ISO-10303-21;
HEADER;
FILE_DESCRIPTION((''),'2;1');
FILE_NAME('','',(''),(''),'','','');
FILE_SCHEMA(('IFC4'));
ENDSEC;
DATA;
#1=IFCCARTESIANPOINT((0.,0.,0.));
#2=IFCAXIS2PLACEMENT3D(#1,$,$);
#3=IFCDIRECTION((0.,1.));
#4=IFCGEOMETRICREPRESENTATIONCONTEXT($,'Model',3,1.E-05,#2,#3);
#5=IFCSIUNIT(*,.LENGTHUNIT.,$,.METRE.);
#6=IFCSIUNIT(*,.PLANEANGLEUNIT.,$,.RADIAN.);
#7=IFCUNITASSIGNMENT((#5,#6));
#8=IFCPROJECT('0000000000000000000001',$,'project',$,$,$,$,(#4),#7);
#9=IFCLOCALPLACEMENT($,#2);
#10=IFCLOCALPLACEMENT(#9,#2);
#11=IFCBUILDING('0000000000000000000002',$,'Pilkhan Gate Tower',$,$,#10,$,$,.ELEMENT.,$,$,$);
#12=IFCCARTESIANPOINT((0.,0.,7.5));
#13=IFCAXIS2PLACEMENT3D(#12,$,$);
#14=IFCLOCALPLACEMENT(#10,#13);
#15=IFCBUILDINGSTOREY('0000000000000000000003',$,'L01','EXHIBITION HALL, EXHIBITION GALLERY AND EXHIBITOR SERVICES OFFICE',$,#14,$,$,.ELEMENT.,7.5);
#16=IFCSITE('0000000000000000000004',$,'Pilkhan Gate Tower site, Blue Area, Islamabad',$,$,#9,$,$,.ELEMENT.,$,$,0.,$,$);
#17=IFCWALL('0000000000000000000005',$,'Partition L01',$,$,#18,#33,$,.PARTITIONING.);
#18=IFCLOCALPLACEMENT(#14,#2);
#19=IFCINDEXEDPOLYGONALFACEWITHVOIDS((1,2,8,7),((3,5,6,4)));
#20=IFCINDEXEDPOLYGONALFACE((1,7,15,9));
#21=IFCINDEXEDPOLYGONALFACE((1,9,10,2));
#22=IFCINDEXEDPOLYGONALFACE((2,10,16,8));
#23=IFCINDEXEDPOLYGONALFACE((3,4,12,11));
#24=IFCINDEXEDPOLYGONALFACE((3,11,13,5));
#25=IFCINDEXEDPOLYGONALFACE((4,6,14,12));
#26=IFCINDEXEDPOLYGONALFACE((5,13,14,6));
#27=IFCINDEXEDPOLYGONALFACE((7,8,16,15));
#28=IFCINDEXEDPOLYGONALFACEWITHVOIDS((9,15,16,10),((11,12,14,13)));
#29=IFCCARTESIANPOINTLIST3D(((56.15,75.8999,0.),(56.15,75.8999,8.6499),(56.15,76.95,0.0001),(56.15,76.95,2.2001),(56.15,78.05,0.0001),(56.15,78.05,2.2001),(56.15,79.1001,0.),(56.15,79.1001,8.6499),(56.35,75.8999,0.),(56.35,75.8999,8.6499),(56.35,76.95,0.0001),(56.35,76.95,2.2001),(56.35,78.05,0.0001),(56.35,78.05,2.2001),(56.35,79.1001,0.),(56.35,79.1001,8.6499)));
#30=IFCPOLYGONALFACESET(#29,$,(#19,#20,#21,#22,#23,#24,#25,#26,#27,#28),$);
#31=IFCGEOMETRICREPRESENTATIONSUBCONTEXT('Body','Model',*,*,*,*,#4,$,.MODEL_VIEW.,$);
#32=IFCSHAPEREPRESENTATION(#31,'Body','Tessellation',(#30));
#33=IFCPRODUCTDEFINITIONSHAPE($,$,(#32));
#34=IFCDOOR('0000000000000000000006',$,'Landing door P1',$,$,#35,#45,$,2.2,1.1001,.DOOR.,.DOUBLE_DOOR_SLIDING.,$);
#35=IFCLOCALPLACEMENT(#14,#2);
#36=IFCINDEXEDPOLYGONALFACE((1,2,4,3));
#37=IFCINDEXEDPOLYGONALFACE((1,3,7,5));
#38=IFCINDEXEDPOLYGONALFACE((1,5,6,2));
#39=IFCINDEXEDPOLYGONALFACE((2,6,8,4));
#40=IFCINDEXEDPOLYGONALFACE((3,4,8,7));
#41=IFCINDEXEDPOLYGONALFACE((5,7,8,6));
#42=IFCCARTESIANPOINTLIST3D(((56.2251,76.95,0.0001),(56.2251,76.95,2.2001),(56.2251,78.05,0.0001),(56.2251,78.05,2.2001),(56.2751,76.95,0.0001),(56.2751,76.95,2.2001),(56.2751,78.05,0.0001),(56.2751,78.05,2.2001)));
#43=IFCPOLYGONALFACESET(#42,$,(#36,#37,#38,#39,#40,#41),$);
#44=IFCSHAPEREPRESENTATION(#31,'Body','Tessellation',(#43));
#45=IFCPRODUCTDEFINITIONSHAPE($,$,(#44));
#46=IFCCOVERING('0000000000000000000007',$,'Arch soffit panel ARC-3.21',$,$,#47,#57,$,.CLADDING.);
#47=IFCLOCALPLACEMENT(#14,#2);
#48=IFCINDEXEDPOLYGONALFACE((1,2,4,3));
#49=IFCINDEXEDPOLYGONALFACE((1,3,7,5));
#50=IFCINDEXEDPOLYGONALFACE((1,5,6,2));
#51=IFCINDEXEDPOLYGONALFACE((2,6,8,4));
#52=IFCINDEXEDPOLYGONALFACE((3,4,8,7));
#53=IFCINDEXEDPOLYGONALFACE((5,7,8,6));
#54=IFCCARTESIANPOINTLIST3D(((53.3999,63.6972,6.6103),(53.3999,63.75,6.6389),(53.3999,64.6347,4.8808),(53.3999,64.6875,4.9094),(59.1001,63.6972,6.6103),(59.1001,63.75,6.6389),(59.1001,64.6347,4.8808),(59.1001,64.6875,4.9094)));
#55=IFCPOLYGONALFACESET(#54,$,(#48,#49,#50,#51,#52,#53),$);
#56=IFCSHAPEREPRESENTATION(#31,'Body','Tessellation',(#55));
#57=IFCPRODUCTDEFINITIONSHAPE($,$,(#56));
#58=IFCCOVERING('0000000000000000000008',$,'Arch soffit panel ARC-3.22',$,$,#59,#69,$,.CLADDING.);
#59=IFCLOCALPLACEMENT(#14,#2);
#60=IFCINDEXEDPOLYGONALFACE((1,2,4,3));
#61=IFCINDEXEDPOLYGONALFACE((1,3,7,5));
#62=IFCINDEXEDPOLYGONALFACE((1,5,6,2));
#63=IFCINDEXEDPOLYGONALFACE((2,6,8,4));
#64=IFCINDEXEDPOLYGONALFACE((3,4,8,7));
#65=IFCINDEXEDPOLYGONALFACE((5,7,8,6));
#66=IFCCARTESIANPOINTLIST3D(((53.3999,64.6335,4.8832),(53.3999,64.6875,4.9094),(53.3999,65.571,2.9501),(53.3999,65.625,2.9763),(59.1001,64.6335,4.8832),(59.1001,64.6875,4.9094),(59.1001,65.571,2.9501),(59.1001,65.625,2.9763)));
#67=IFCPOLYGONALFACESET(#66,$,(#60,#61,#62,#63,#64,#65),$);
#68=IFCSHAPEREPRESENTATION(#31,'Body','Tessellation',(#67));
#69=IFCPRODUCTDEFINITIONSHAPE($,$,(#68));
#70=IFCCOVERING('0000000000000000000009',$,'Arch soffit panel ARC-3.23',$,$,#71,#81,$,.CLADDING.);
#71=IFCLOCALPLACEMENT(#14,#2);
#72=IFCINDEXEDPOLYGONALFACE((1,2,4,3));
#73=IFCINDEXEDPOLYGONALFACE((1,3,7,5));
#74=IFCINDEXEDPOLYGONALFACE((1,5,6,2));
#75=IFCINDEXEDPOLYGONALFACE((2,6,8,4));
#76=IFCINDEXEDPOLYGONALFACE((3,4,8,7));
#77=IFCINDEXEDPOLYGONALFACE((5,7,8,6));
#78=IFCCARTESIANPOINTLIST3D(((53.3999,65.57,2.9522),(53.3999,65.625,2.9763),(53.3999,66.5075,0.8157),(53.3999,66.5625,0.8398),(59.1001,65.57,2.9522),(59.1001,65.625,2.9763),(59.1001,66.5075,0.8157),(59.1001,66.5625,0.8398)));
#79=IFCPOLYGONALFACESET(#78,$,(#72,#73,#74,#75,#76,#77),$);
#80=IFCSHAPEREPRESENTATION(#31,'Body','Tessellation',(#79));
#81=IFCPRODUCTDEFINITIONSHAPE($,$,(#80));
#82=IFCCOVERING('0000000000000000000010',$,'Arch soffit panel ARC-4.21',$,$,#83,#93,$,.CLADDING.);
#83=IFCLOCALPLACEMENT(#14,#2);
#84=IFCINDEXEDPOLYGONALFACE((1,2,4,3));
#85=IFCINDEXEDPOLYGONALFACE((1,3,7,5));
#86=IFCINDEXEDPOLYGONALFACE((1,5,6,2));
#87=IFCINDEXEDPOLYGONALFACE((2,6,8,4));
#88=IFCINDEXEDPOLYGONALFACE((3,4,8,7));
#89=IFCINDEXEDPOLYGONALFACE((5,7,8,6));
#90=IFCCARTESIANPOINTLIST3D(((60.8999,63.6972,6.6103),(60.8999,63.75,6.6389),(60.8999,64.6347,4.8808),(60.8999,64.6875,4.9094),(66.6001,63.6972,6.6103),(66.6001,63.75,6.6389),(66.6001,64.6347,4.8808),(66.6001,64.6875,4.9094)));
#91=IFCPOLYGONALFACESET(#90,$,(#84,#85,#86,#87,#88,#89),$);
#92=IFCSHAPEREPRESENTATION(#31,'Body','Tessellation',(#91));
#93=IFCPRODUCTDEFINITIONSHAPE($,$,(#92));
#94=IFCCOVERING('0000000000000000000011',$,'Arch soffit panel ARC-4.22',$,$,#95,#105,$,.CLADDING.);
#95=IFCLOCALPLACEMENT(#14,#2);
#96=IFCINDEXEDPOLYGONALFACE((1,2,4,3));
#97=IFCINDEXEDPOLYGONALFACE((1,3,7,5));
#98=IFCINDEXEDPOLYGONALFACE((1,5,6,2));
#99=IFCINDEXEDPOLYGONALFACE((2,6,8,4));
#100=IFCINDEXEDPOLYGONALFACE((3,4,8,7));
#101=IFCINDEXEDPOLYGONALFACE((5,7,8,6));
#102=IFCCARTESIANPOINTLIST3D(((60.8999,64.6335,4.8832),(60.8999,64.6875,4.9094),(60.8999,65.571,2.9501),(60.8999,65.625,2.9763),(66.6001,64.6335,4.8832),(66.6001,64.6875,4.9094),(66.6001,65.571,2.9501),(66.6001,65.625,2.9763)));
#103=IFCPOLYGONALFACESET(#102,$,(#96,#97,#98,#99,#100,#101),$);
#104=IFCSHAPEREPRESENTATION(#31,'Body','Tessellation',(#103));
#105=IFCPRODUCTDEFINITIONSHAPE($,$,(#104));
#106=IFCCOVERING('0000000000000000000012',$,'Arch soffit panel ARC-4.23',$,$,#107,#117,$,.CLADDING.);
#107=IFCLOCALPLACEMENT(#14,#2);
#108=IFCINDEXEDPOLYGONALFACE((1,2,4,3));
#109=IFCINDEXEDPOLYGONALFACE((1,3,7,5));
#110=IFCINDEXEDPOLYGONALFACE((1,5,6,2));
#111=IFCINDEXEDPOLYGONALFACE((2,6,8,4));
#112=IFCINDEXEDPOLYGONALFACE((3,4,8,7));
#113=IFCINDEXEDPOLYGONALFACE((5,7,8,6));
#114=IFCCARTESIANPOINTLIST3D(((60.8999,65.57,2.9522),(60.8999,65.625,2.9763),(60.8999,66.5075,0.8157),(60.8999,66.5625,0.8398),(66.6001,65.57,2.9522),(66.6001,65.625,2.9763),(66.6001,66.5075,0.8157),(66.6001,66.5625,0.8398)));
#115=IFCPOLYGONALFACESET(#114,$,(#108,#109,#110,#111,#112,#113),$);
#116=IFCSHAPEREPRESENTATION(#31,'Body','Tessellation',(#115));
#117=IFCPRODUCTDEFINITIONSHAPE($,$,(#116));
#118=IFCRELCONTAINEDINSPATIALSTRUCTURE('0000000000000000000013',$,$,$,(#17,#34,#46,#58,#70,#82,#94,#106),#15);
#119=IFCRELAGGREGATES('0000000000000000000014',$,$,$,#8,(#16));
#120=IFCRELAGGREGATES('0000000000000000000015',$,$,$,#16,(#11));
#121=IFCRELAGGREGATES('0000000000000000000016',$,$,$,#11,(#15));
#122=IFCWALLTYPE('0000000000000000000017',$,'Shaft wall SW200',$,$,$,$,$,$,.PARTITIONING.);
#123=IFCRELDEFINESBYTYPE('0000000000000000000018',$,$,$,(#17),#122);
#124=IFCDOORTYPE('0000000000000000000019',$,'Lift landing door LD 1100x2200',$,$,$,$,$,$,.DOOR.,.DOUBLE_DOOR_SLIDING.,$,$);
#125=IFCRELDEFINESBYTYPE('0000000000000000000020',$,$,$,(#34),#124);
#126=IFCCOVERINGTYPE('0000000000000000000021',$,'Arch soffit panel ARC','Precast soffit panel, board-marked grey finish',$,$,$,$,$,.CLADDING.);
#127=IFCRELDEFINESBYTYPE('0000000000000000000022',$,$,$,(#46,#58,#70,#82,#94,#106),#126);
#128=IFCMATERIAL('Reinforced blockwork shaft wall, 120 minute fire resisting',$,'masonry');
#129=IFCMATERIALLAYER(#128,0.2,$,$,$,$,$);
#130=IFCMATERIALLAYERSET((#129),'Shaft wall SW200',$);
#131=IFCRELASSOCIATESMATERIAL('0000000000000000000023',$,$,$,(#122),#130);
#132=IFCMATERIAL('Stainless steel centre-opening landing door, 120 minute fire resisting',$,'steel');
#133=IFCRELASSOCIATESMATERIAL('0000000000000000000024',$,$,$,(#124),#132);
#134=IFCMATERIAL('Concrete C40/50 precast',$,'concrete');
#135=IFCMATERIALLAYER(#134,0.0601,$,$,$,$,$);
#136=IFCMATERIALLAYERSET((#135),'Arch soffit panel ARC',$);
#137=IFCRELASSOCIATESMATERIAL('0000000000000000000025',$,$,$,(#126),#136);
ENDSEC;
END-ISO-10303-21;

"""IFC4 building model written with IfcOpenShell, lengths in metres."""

from ifc_helpers import new_model, si_unit, direction, frame, frame_2d, origin, place, context, subcontext, project, spatial, polyline, rectangle, outline, extrude, material, layer, layer_set, type_object, element, fill, save


model = new_model("IFC4")

# Units and contexts
model_context = context("Model", 3, precision=1e-05, world=origin(), true_north=direction((0.0, 1.0)))
body_context = subcontext(model_context, "Body", "Model", "MODEL_VIEW")
ifc_project = project(units=[si_unit("LENGTHUNIT", "METRE"), si_unit("PLANEANGLEUNIT", "RADIAN")], contexts=[model_context])

# Site, building, storey
site_placement = place(None, origin())
site = spatial("IfcSite", under=ifc_project, at=site_placement, Name="Pilkhan Gate Tower site, Blue Area, Islamabad", CompositionType="ELEMENT", RefElevation=0.0)
building_placement = place(site_placement, origin())
building = spatial("IfcBuilding", under=site, at=building_placement, Name="Pilkhan Gate Tower", CompositionType="ELEMENT")
storey_placement = place(building_placement, frame((0.0, 0.0, 7.5)))
storey = spatial("IfcBuildingStorey", under=building, at=storey_placement, Name="L01", Description="EXHIBITION HALL, EXHIBITION GALLERY AND EXHIBITOR SERVICES OFFICE", CompositionType="ELEMENT", Elevation=7.5)

# Shared definitions
ifc_material_1 = material(Name="Reinforced blockwork shaft wall, 120 minute fire resisting", Category="masonry")
ifc_layer_1 = layer(ifc_material_1, 0.2)
ifc_layer_set_1 = layer_set([ifc_layer_1], Name="Shaft wall SW200")
wall_type_1 = type_object("IfcWallType", Name="Shaft wall SW200", PredefinedType="PARTITIONING", material=ifc_layer_set_1)

# Wall, opening, door
wall_1_placement = place(storey_placement, frame((56.25, 75.8999, 0.0), z_axis=(0.0, 0.0, 1.0), x_axis=(0.0, 1.0, 0.0)))
wall_1 = element("IfcWall", 1, at=wall_1_placement, inside=storey, type_object=wall_type_1, Name="Partition L01", PredefinedType="PARTITIONING", context=body_context, shape_type="SweptSolid", body=[
    extrude(rectangle(XDim=3.2002, YDim=0.2, at=frame_2d((1.6001, 0.0))), origin(), (0.0, 0.0, 1.0), 8.6499),
])
opening_1_placement = place(wall_1_placement, frame((1.05, 0.0, 0.0)))
opening_1 = element("IfcOpeningElement", 2, at=opening_1_placement, cuts=wall_1, PredefinedType="OPENING", context=body_context, shape_type="SweptSolid", body=[
    extrude(rectangle(XDim=1.1001, YDim=2.2, at=frame_2d((0.55, 1.1001))), frame((0.0, 0.1099, 0.0), z_axis=(0.0, -1.0, 0.0), x_axis=(1.0, 0.0, 0.0)), (0.0, 0.0, 1.0), 0.22),
])
ifc_material_2 = material(Name="Stainless steel centre-opening landing door, 120 minute fire resisting", Category="steel")
door_type_1 = type_object("IfcDoorType", Name="Lift landing door LD 1100x2200", OperationType="DOUBLE_DOOR_SLIDING", PredefinedType="DOOR", material=ifc_material_2)
door_1_placement = place(opening_1_placement, origin())
door_1 = element("IfcDoor", 3, at=door_1_placement, inside=storey, type_object=door_type_1, Name="Landing door P1", OperationType="DOUBLE_DOOR_SLIDING", OverallHeight=2.2, OverallWidth=1.1001, PredefinedType="DOOR", context=body_context, shape_type="SweptSolid", body=[
    extrude(rectangle(XDim=1.1001, YDim=2.2, at=frame_2d((0.55, 1.1001))), frame((0.0, 0.0249, 0.0), z_axis=(0.0, -1.0, 0.0), x_axis=(1.0, 0.0, 0.0)), (0.0, 0.0, 1.0), 0.05),
])
fill(opening_1, door_1)

# Coverings
ifc_material_3 = material(Name="Concrete C40/50 precast", Category="concrete")
ifc_layer_2 = layer(ifc_material_3, 0.0601)
ifc_layer_set_2 = layer_set([ifc_layer_2], Name="Arch soffit panel ARC")
covering_type = type_object("IfcCoveringType", Name="Arch soffit panel ARC", Description="Precast soffit panel, board-marked grey finish", PredefinedType="CLADDING", material=ifc_layer_set_2)
covering_1_placement = place(storey_placement, frame((53.3999, 63.75, 6.6389), z_axis=(0.0, 0.879145, 0.476555), x_axis=(1.0, 0.0, 0.0)))
element("IfcCovering", 4, at=covering_1_placement, inside=storey, type_object=covering_type, Name="Arch soffit panel ARC-3.21", PredefinedType="CLADDING", context=body_context, shape_type="SweptSolid", body=[
    extrude(outline(polyline([(0.0, 0.0), (5.7002, 0.0), (5.7002, 1.9672), (0.0, 1.9672), (0.0, 0.0)])), origin(), (0.0, 0.0, -1.0), 0.0601),
])
covering_2_placement = place(storey_placement, frame((53.3999, 64.6875, 4.9094), z_axis=(0.0, 0.899771, 0.436363), x_axis=(1.0, 0.0, 0.0)))
element("IfcCovering", 5, at=covering_2_placement, inside=storey, type_object=covering_type, Name="Arch soffit panel ARC-3.22", PredefinedType="CLADDING", context=body_context, shape_type="SweptSolid", body=[
    extrude(outline(polyline([(0.0, 0.0), (5.7002, 0.0), (5.7002, 2.1484), (0.0, 2.1484), (0.0, 0.0)])), origin(), (0.0, 0.0, -1.0), 0.0601),
])
covering_3_placement = place(storey_placement, frame((53.3999, 65.625, 2.9763), z_axis=(0.0, 0.915717, 0.401823), x_axis=(1.0, 0.0, 0.0)))
element("IfcCovering", 6, at=covering_3_placement, inside=storey, type_object=covering_type, Name="Arch soffit panel ARC-3.23", PredefinedType="CLADDING", context=body_context, shape_type="SweptSolid", body=[
    extrude(outline(polyline([(0.0, 0.0), (5.7002, 0.0), (5.7002, 2.3331), (0.0, 2.3331), (0.0, 0.0)])), origin(), (0.0, 0.0, -1.0), 0.0601),
])
covering_4_placement = place(storey_placement, frame((60.8999, 63.75, 6.6389), z_axis=(0.0, 0.879145, 0.476555), x_axis=(1.0, 0.0, 0.0)))
element("IfcCovering", 7, at=covering_4_placement, inside=storey, type_object=covering_type, Name="Arch soffit panel ARC-4.21", PredefinedType="CLADDING", context=body_context, shape_type="SweptSolid", body=[
    extrude(outline(polyline([(0.0, 0.0), (5.7002, 0.0), (5.7002, 1.9672), (0.0, 1.9672), (0.0, 0.0)])), origin(), (0.0, 0.0, -1.0), 0.0601),
])
covering_5_placement = place(storey_placement, frame((60.8999, 64.6875, 4.9094), z_axis=(0.0, 0.899771, 0.436363), x_axis=(1.0, 0.0, 0.0)))
element("IfcCovering", 8, at=covering_5_placement, inside=storey, type_object=covering_type, Name="Arch soffit panel ARC-4.22", PredefinedType="CLADDING", context=body_context, shape_type="SweptSolid", body=[
    extrude(outline(polyline([(0.0, 0.0), (5.7002, 0.0), (5.7002, 2.1484), (0.0, 2.1484), (0.0, 0.0)])), origin(), (0.0, 0.0, -1.0), 0.0601),
])
covering_6_placement = place(storey_placement, frame((60.8999, 65.625, 2.9763), z_axis=(0.0, 0.915717, 0.401823), x_axis=(1.0, 0.0, 0.0)))
element("IfcCovering", 9, at=covering_6_placement, inside=storey, type_object=covering_type, Name="Arch soffit panel ARC-4.23", PredefinedType="CLADDING", context=body_context, shape_type="SweptSolid", body=[
    extrude(outline(polyline([(0.0, 0.0), (5.7002, 0.0), (5.7002, 2.3331), (0.0, 2.3331), (0.0, 0.0)])), origin(), (0.0, 0.0, -1.0), 0.0601),
])

save(model, "model.ifc")
